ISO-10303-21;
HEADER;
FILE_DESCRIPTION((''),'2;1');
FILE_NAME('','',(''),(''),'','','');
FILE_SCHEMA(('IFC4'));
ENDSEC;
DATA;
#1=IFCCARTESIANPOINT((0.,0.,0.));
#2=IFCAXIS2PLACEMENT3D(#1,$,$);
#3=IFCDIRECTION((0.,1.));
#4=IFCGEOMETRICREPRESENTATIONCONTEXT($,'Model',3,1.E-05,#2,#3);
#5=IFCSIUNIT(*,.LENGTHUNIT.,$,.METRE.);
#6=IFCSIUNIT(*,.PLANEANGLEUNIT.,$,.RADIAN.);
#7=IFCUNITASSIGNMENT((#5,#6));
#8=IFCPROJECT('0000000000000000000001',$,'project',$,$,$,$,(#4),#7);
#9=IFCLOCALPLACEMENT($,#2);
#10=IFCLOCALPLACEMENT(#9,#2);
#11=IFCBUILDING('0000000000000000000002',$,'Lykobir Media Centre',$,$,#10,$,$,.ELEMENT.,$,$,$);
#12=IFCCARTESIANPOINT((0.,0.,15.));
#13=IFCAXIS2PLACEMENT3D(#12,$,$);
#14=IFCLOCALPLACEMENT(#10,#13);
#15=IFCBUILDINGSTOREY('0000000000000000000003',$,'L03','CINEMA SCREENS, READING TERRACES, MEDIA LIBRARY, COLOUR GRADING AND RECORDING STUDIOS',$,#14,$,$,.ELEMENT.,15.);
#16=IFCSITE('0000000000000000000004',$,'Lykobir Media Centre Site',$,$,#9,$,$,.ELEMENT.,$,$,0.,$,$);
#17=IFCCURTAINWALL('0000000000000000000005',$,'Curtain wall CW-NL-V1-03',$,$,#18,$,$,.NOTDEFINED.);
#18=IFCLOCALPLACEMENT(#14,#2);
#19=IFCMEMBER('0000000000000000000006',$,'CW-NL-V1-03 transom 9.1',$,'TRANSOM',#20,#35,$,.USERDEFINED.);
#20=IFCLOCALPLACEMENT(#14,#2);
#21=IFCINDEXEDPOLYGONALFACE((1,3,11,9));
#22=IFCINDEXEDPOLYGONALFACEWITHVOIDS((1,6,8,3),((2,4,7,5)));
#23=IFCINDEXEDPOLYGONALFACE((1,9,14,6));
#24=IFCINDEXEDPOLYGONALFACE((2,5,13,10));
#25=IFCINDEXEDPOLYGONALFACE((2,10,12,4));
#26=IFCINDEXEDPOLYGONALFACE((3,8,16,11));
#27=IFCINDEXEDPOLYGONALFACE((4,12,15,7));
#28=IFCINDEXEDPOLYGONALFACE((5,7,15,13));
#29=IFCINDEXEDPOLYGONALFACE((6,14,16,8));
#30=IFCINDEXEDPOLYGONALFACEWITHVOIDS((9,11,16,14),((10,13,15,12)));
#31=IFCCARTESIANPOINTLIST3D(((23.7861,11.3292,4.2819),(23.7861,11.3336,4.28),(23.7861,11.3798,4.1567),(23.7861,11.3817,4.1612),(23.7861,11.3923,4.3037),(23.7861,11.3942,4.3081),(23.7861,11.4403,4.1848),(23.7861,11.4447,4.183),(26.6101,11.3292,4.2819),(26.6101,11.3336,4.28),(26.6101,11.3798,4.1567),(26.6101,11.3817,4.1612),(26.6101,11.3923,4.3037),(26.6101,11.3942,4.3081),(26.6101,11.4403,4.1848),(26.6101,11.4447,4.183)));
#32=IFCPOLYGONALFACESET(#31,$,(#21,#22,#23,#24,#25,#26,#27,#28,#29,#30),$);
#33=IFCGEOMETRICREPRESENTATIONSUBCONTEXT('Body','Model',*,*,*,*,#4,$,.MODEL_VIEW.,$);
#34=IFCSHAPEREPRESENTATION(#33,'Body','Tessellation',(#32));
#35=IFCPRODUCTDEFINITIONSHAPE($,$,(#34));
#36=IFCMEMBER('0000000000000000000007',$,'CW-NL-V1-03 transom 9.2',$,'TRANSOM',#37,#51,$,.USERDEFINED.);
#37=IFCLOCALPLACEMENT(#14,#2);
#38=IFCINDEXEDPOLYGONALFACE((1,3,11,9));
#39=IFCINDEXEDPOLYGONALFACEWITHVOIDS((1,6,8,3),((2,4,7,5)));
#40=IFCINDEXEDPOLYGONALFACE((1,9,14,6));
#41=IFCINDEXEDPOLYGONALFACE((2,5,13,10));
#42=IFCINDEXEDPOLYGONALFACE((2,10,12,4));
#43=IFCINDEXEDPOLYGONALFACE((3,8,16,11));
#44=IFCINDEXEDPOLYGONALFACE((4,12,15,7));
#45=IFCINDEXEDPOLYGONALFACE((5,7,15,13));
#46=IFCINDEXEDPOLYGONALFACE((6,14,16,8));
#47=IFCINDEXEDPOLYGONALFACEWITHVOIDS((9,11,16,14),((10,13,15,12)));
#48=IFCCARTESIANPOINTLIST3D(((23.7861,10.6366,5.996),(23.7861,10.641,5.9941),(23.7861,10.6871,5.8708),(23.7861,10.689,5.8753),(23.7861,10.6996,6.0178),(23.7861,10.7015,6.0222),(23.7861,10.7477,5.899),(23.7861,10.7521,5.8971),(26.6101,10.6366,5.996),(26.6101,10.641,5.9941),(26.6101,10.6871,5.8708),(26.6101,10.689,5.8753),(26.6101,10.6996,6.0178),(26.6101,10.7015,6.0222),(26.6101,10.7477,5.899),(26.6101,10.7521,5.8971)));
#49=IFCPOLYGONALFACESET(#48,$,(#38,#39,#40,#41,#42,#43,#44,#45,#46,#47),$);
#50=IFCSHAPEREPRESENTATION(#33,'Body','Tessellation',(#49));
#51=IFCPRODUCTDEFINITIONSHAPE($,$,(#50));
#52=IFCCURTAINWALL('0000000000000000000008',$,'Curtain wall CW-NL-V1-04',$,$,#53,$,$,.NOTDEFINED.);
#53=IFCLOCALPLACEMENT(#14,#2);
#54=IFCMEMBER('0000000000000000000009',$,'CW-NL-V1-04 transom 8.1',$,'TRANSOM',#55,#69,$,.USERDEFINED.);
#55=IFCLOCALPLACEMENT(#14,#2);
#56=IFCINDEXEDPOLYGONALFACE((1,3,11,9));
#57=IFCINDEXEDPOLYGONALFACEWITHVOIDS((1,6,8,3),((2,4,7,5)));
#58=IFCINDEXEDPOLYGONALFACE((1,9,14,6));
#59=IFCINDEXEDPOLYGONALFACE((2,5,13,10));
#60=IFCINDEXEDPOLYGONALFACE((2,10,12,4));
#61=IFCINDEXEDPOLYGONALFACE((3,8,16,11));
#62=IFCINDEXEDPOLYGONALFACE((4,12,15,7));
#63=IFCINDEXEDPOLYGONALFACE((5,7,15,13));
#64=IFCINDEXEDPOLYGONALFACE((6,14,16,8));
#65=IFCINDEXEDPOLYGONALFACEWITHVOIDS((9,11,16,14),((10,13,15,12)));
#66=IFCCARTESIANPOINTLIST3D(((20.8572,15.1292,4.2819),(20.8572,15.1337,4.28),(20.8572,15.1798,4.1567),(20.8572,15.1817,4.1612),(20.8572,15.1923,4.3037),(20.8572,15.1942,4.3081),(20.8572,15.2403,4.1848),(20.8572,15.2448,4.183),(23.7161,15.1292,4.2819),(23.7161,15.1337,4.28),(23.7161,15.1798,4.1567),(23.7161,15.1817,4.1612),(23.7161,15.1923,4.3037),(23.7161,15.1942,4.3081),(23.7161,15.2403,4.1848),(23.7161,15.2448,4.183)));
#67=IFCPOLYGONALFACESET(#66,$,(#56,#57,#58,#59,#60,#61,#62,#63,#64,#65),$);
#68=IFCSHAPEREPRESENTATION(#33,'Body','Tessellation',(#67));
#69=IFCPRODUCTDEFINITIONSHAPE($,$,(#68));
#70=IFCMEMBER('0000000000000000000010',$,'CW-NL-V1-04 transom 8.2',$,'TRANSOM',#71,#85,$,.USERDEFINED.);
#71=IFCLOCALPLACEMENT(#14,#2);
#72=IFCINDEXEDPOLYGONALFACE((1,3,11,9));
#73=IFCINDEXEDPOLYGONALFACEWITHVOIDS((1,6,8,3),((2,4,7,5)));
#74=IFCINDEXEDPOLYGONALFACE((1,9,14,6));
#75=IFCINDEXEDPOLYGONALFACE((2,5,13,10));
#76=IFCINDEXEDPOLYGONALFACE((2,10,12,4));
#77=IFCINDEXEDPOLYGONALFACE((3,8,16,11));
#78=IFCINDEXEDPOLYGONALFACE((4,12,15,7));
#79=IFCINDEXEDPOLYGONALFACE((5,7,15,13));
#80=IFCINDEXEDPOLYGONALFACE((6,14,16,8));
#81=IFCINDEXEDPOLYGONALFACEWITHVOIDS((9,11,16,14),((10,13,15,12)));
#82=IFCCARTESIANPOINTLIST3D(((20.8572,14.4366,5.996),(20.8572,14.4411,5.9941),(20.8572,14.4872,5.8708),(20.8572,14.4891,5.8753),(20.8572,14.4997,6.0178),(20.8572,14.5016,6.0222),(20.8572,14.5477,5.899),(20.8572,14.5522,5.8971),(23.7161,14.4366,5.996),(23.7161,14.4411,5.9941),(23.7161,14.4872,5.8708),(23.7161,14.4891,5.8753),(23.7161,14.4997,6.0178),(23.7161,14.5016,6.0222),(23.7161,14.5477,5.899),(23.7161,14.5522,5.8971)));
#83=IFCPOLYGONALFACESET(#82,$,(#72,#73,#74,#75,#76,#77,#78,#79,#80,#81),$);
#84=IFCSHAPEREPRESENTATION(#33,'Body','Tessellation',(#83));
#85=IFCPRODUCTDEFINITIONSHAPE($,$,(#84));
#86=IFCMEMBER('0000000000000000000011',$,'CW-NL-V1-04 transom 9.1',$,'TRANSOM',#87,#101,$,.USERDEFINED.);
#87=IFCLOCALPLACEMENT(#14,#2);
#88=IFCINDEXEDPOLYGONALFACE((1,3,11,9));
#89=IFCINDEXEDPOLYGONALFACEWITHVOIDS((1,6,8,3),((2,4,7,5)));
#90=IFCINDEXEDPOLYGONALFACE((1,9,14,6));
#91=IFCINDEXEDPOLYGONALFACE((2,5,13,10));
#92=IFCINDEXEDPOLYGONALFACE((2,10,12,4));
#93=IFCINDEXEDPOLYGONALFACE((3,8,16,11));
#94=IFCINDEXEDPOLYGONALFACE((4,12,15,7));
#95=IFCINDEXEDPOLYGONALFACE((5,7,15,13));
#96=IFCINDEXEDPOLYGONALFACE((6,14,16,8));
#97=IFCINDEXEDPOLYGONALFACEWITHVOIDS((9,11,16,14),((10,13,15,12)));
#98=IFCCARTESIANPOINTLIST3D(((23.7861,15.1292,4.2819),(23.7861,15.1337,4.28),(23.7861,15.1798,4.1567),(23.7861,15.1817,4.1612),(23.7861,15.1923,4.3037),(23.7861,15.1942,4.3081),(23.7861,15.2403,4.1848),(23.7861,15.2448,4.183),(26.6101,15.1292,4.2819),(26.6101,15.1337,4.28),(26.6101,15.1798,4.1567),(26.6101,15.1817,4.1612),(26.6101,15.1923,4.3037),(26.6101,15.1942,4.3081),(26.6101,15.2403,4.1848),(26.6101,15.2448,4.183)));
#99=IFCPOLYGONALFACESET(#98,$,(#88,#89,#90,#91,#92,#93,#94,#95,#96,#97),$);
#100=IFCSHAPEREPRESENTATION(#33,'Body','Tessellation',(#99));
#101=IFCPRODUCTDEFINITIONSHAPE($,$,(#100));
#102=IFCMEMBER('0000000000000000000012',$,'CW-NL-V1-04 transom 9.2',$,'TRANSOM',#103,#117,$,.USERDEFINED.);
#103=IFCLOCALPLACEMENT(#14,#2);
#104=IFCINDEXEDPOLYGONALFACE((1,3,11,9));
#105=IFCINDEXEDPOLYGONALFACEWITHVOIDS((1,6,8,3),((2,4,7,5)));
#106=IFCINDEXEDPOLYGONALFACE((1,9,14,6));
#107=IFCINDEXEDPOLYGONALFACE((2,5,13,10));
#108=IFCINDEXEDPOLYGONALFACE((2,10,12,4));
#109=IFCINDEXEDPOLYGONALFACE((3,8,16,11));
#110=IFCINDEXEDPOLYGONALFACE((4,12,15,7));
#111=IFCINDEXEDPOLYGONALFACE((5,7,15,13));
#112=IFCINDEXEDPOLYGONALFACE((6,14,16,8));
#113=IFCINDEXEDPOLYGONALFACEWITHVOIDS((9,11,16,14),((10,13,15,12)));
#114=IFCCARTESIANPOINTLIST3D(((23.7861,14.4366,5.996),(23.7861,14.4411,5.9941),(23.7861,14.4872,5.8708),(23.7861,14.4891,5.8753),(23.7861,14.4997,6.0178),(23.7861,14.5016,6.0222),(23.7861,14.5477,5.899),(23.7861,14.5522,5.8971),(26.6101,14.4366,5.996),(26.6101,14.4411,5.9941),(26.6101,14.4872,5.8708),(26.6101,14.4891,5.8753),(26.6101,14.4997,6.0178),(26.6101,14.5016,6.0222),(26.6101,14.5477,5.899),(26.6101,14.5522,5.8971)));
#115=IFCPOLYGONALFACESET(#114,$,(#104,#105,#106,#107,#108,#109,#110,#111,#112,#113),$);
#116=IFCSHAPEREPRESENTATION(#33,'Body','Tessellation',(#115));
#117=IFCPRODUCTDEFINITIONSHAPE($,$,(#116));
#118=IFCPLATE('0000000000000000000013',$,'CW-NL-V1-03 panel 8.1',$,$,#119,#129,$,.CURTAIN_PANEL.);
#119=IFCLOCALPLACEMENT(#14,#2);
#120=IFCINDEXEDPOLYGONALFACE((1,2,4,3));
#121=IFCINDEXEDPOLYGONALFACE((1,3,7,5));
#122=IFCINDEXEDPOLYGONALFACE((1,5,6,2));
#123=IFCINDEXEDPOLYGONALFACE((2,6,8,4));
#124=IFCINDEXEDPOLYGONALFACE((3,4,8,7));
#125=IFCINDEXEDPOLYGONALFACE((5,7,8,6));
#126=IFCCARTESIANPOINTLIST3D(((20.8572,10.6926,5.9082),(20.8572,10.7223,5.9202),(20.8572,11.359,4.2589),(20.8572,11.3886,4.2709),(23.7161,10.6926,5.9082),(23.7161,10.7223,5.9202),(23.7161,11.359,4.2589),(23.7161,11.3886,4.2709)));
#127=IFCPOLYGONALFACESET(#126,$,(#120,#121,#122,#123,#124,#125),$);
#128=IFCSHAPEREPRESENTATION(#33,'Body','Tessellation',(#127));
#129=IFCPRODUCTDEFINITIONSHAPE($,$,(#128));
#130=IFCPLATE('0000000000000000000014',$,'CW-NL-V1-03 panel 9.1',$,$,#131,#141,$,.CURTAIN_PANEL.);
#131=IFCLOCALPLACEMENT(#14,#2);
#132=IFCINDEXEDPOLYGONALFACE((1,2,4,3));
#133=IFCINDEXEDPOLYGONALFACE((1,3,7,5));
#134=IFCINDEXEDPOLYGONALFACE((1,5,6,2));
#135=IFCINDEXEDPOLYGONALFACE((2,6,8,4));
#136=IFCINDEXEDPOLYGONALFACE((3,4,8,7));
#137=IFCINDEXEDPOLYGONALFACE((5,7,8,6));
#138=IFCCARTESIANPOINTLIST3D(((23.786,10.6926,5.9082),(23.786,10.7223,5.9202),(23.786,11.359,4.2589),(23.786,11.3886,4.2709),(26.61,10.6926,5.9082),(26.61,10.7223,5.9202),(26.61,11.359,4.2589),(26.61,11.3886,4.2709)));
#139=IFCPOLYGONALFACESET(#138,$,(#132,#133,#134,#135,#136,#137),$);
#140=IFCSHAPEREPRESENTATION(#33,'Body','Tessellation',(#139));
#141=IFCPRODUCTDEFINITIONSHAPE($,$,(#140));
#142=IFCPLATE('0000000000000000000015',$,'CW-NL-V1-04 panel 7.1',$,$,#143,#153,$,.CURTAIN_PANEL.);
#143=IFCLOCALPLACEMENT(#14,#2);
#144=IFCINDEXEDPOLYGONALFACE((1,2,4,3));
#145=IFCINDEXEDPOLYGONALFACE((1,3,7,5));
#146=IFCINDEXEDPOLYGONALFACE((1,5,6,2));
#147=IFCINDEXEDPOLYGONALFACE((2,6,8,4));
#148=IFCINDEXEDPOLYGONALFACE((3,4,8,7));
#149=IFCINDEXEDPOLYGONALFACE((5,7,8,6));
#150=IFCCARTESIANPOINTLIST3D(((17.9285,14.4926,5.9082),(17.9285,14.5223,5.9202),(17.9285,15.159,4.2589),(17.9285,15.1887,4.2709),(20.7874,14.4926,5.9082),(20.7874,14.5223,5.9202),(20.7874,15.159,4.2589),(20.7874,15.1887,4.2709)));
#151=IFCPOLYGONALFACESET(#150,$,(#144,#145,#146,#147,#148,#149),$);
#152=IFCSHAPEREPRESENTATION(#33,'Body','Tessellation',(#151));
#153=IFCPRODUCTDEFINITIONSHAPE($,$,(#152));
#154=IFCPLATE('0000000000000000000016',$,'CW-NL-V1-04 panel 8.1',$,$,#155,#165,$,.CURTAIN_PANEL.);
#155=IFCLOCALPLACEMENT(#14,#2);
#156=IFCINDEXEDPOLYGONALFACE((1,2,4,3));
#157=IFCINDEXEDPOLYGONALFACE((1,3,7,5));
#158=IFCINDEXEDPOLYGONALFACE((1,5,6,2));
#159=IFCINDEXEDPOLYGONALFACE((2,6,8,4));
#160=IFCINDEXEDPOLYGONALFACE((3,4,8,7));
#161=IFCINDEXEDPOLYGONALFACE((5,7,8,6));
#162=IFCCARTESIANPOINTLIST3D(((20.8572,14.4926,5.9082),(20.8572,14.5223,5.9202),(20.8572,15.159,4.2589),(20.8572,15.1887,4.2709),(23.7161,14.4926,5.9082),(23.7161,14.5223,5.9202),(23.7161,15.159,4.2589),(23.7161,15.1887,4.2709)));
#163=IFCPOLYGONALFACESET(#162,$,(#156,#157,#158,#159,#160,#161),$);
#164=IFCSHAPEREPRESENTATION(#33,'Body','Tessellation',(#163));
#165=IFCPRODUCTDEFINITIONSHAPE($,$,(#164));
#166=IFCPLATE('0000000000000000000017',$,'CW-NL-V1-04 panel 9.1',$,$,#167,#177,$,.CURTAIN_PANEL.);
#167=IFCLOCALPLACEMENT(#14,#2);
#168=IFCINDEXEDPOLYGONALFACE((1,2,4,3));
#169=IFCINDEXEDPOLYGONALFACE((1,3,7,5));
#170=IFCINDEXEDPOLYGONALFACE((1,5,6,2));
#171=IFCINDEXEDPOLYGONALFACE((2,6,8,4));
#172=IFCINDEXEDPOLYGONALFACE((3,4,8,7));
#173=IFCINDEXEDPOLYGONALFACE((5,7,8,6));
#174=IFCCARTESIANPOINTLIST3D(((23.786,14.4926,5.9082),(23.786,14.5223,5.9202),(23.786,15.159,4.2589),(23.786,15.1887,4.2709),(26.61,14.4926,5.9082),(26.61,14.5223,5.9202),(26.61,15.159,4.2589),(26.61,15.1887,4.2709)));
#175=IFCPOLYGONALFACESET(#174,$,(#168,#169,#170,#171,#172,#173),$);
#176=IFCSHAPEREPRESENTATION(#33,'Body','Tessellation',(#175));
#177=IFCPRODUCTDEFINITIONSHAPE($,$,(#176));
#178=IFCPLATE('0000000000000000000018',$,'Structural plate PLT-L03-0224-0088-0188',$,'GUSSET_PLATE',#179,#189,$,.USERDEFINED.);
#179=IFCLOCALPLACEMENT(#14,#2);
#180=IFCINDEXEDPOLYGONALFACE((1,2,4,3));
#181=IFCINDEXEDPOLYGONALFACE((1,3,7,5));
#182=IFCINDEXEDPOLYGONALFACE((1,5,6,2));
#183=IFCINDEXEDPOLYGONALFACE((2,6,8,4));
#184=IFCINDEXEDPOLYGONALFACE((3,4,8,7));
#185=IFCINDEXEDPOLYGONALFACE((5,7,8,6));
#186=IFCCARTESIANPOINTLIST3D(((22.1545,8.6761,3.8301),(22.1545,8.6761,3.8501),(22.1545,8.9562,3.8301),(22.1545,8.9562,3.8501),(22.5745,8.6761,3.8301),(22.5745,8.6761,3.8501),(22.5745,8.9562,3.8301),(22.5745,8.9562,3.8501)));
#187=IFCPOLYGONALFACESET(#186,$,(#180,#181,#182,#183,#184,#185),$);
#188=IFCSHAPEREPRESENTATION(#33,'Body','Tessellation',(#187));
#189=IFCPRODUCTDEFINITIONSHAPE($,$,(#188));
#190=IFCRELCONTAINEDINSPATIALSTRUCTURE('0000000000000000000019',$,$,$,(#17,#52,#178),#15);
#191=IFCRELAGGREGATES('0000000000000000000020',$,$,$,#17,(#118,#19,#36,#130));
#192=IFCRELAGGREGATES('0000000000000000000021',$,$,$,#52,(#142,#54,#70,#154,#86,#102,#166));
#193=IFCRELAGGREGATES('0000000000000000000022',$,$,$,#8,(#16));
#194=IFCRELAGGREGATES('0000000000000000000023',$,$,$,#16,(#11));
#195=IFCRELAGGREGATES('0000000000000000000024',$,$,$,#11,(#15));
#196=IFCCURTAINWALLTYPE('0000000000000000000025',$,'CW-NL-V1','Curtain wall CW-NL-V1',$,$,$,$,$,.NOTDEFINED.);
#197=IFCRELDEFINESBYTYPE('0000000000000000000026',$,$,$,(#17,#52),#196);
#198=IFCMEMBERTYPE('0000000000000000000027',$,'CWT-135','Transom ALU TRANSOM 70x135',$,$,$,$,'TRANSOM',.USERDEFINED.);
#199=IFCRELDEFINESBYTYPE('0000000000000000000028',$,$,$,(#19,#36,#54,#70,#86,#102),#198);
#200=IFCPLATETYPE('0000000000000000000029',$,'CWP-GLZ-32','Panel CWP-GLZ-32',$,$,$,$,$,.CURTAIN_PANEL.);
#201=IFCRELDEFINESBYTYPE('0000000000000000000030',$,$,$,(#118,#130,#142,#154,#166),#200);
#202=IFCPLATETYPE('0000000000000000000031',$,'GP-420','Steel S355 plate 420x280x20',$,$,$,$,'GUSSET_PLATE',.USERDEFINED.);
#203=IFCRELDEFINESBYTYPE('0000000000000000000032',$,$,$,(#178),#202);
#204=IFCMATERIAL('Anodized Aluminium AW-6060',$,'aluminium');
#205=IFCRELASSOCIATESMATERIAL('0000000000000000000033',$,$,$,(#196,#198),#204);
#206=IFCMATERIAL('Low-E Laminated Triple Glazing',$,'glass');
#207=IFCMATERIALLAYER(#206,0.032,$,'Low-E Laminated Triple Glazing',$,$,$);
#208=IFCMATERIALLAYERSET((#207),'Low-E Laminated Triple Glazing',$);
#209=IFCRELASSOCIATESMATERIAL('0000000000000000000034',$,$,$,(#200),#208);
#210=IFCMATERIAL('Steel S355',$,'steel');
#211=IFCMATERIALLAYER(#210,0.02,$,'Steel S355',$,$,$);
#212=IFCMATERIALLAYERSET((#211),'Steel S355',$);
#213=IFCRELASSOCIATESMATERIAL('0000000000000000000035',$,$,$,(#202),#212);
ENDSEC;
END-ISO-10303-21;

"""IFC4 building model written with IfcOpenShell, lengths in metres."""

from ifc_helpers import new_model, si_unit, direction, frame, origin, origin_2d, place, context, subcontext, project, spatial, rectangle, hollow_rectangle, extrude, material, layer, layer_set, material_profile, profile_set, type_object, element, aggregate, save


model = new_model("IFC4")

# Units and contexts
model_context = context("Model", 3, precision=1e-05, world=origin(), true_north=direction((0.0, 1.0)))
body_context = subcontext(model_context, "Body", "Model", "MODEL_VIEW")
ifc_project = project(units=[si_unit("LENGTHUNIT", "METRE"), si_unit("PLANEANGLEUNIT", "RADIAN")], contexts=[model_context])

# Site, building, storey
site_placement = place(None, origin())
site = spatial("IfcSite", under=ifc_project, at=site_placement, Name="Lykobir Media Centre Site", CompositionType="ELEMENT", RefElevation=0.0)
building_placement = place(site_placement, origin())
building = spatial("IfcBuilding", under=site, at=building_placement, Name="Lykobir Media Centre", CompositionType="ELEMENT")
storey_placement = place(building_placement, frame((0.0, 0.0, 15.0)))
storey = spatial("IfcBuildingStorey", under=building, at=storey_placement, Name="L03", Description="CINEMA SCREENS, READING TERRACES, MEDIA LIBRARY, COLOUR GRADING AND RECORDING STUDIOS", CompositionType="ELEMENT", Elevation=15.0)

# Shared definitions
ifc_material_1 = material(Name="Steel S355", Category="steel")

# Curtain walls, members
ifc_material_2 = material(Name="Anodized Aluminium AW-6060", Category="aluminium")
curtain_wall_type = type_object("IfcCurtainWallType", Name="CW-NL-V1", Description="Curtain wall CW-NL-V1", PredefinedType="NOTDEFINED", material=ifc_material_2)
curtain_wall_1_placement = place(storey_placement, origin())
curtain_wall_1 = element("IfcCurtainWall", 1, at=curtain_wall_1_placement, inside=storey, type_object=curtain_wall_type, Name="Curtain wall CW-NL-V1-03", PredefinedType="NOTDEFINED")
ifc_material_profile_1 = material_profile(ifc_material_2, hollow_rectangle(XDim=0.0701, YDim=0.135, WallThickness=0.0034, at=origin_2d()), Name="ALU TRANSOM 70x135")
ifc_profile_set_1 = profile_set([ifc_material_profile_1], Name="Anodized Aluminium AW-6060")
member_type_1 = type_object("IfcMemberType", Name="CWT-135", Description="Transom ALU TRANSOM 70x135", ElementType="TRANSOM", PredefinedType="USERDEFINED", material=ifc_profile_set_1)
member_1_placement = place(storey_placement, frame((23.7861, 11.387, 4.2324), z_axis=(1.0, 0.0, 0.0), x_axis=(0.0, 0.927184, 0.374607)))
member_1 = element("IfcMember", 2, at=member_1_placement, type_object=member_type_1, Name="CW-NL-V1-03 transom 9.1", ObjectType="TRANSOM", PredefinedType="USERDEFINED", context=body_context, shape_type="SweptSolid", body=[
    extrude(hollow_rectangle(XDim=0.0701, YDim=0.135, WallThickness=0.0034, at=origin_2d()), origin(), (0.0, 0.0, 1.0), 2.824),
])
member_2_placement = place(storey_placement, frame((23.7861, 10.6943, 5.9465), z_axis=(1.0, 0.0, 0.0), x_axis=(0.0, 0.927184, 0.374607)))
member_2 = element("IfcMember", 3, at=member_2_placement, type_object=member_type_1, Name="CW-NL-V1-03 transom 9.2", ObjectType="TRANSOM", PredefinedType="USERDEFINED", context=body_context, shape_type="SweptSolid", body=[
    extrude(hollow_rectangle(XDim=0.0701, YDim=0.135, WallThickness=0.0034, at=origin_2d()), origin(), (0.0, 0.0, 1.0), 2.824),
])
curtain_wall_2_placement = place(storey_placement, origin())
curtain_wall_2 = element("IfcCurtainWall", 4, at=curtain_wall_2_placement, inside=storey, type_object=curtain_wall_type, Name="Curtain wall CW-NL-V1-04", PredefinedType="NOTDEFINED")
member_3_placement = place(storey_placement, frame((20.8572, 15.187, 4.2324), z_axis=(1.0, 0.0, 0.0), x_axis=(0.0, 0.927184, 0.374607)))
member_3 = element("IfcMember", 5, at=member_3_placement, type_object=member_type_1, Name="CW-NL-V1-04 transom 8.1", ObjectType="TRANSOM", PredefinedType="USERDEFINED", context=body_context, shape_type="SweptSolid", body=[
    extrude(hollow_rectangle(XDim=0.0701, YDim=0.135, WallThickness=0.0034, at=origin_2d()), origin(), (0.0, 0.0, 1.0), 2.8589),
])
member_4_placement = place(storey_placement, frame((20.8572, 14.4944, 5.9465), z_axis=(1.0, 0.0, 0.0), x_axis=(0.0, 0.927184, 0.374607)))
member_4 = element("IfcMember", 6, at=member_4_placement, type_object=member_type_1, Name="CW-NL-V1-04 transom 8.2", ObjectType="TRANSOM", PredefinedType="USERDEFINED", context=body_context, shape_type="SweptSolid", body=[
    extrude(hollow_rectangle(XDim=0.0701, YDim=0.135, WallThickness=0.0034, at=origin_2d()), origin(), (0.0, 0.0, 1.0), 2.8589),
])
member_5_placement = place(storey_placement, frame((23.7861, 15.187, 4.2324), z_axis=(1.0, 0.0, 0.0), x_axis=(0.0, 0.927184, 0.374607)))
member_5 = element("IfcMember", 7, at=member_5_placement, type_object=member_type_1, Name="CW-NL-V1-04 transom 9.1", ObjectType="TRANSOM", PredefinedType="USERDEFINED", context=body_context, shape_type="SweptSolid", body=[
    extrude(hollow_rectangle(XDim=0.0701, YDim=0.135, WallThickness=0.0034, at=origin_2d()), origin(), (0.0, 0.0, 1.0), 2.824),
])
member_6_placement = place(storey_placement, frame((23.7861, 14.4944, 5.9465), z_axis=(1.0, 0.0, 0.0), x_axis=(0.0, 0.927184, 0.374607)))
member_6 = element("IfcMember", 8, at=member_6_placement, type_object=member_type_1, Name="CW-NL-V1-04 transom 9.2", ObjectType="TRANSOM", PredefinedType="USERDEFINED", context=body_context, shape_type="SweptSolid", body=[
    extrude(hollow_rectangle(XDim=0.0701, YDim=0.135, WallThickness=0.0034, at=origin_2d()), origin(), (0.0, 0.0, 1.0), 2.824),
])

# Plates
ifc_material_3 = material(Name="Low-E Laminated Triple Glazing", Category="glass")
ifc_layer_1 = layer(ifc_material_3, 0.032, Name="Low-E Laminated Triple Glazing")
ifc_layer_set_1 = layer_set([ifc_layer_1], Name="Low-E Laminated Triple Glazing")
plate_type_1 = type_object("IfcPlateType", Name="CWP-GLZ-32", Description="Panel CWP-GLZ-32", PredefinedType="CURTAIN_PANEL", material=ifc_layer_set_1)
plate_1_placement = place(storey_placement, frame((22.2866, 11.3738, 4.2649), z_axis=(0.0, -0.374607, 0.927184), x_axis=(1.0, 0.0, 0.0)))
plate_1 = element("IfcPlate", 9, at=plate_1_placement, type_object=plate_type_1, Name="CW-NL-V1-03 panel 8.1", PredefinedType="CURTAIN_PANEL", context=body_context, shape_type="SweptSolid", body=[
    extrude(rectangle(XDim=2.8589, YDim=0.032, at=origin_2d()), origin(), (0.0, 0.0, 1.0), 1.7788),
])
plate_2_placement = place(storey_placement, frame((25.198, 11.3738, 4.2649), z_axis=(0.0, -0.374607, 0.927184), x_axis=(1.0, 0.0, 0.0)))
plate_2 = element("IfcPlate", 10, at=plate_2_placement, type_object=plate_type_1, Name="CW-NL-V1-03 panel 9.1", PredefinedType="CURTAIN_PANEL", context=body_context, shape_type="SweptSolid", body=[
    extrude(rectangle(XDim=2.824, YDim=0.032, at=origin_2d()), origin(), (0.0, 0.0, 1.0), 1.7788),
])
aggregate(curtain_wall_1, [plate_1, member_1, member_2, plate_2])
plate_3_placement = place(storey_placement, frame((19.3579, 15.1738, 4.2649), z_axis=(0.0, -0.374607, 0.927184), x_axis=(1.0, 0.0, 0.0)))
plate_3 = element("IfcPlate", 11, at=plate_3_placement, type_object=plate_type_1, Name="CW-NL-V1-04 panel 7.1", PredefinedType="CURTAIN_PANEL", context=body_context, shape_type="SweptSolid", body=[
    extrude(rectangle(XDim=2.8589, YDim=0.032, at=origin_2d()), origin(), (0.0, 0.0, 1.0), 1.7788),
])
plate_4_placement = place(storey_placement, frame((22.2866, 15.1738, 4.2649), z_axis=(0.0, -0.374607, 0.927184), x_axis=(1.0, 0.0, 0.0)))
plate_4 = element("IfcPlate", 12, at=plate_4_placement, type_object=plate_type_1, Name="CW-NL-V1-04 panel 8.1", PredefinedType="CURTAIN_PANEL", context=body_context, shape_type="SweptSolid", body=[
    extrude(rectangle(XDim=2.8589, YDim=0.032, at=origin_2d()), origin(), (0.0, 0.0, 1.0), 1.7788),
])
plate_5_placement = place(storey_placement, frame((25.198, 15.1738, 4.2649), z_axis=(0.0, -0.374607, 0.927184), x_axis=(1.0, 0.0, 0.0)))
plate_5 = element("IfcPlate", 13, at=plate_5_placement, type_object=plate_type_1, Name="CW-NL-V1-04 panel 9.1", PredefinedType="CURTAIN_PANEL", context=body_context, shape_type="SweptSolid", body=[
    extrude(rectangle(XDim=2.824, YDim=0.032, at=origin_2d()), origin(), (0.0, 0.0, 1.0), 1.7788),
])
aggregate(curtain_wall_2, [plate_3, member_3, member_4, plate_4, member_5, member_6, plate_5])

# Plate
ifc_layer_2 = layer(ifc_material_1, 0.02, Name="Steel S355")
ifc_layer_set_2 = layer_set([ifc_layer_2], Name="Steel S355")
plate_type_2 = type_object("IfcPlateType", Name="GP-420", Description="Steel S355 plate 420x280x20", ElementType="GUSSET_PLATE", PredefinedType="USERDEFINED", material=ifc_layer_set_2)
for number, where, z_axis, x_axis, name in (
    (14, (22.3645, 8.8162, 3.8301), (0.0, 0.0, 1.0), (1.0, 0.0, 0.0), "Structural plate PLT-L03-0224-0088-0188"),
):
    element("IfcPlate", number, at=place(storey_placement, frame(where, z_axis=z_axis, x_axis=x_axis)), inside=storey, type_object=plate_type_2, Name=name, ObjectType="GUSSET_PLATE", PredefinedType="USERDEFINED", context=body_context, shape_type="SweptSolid", body=[
        extrude(rectangle(XDim=0.4199, YDim=0.28, at=origin_2d()), origin(), (0.0, 0.0, 1.0), 0.02),
    ])

save(model, "model.ifc")
